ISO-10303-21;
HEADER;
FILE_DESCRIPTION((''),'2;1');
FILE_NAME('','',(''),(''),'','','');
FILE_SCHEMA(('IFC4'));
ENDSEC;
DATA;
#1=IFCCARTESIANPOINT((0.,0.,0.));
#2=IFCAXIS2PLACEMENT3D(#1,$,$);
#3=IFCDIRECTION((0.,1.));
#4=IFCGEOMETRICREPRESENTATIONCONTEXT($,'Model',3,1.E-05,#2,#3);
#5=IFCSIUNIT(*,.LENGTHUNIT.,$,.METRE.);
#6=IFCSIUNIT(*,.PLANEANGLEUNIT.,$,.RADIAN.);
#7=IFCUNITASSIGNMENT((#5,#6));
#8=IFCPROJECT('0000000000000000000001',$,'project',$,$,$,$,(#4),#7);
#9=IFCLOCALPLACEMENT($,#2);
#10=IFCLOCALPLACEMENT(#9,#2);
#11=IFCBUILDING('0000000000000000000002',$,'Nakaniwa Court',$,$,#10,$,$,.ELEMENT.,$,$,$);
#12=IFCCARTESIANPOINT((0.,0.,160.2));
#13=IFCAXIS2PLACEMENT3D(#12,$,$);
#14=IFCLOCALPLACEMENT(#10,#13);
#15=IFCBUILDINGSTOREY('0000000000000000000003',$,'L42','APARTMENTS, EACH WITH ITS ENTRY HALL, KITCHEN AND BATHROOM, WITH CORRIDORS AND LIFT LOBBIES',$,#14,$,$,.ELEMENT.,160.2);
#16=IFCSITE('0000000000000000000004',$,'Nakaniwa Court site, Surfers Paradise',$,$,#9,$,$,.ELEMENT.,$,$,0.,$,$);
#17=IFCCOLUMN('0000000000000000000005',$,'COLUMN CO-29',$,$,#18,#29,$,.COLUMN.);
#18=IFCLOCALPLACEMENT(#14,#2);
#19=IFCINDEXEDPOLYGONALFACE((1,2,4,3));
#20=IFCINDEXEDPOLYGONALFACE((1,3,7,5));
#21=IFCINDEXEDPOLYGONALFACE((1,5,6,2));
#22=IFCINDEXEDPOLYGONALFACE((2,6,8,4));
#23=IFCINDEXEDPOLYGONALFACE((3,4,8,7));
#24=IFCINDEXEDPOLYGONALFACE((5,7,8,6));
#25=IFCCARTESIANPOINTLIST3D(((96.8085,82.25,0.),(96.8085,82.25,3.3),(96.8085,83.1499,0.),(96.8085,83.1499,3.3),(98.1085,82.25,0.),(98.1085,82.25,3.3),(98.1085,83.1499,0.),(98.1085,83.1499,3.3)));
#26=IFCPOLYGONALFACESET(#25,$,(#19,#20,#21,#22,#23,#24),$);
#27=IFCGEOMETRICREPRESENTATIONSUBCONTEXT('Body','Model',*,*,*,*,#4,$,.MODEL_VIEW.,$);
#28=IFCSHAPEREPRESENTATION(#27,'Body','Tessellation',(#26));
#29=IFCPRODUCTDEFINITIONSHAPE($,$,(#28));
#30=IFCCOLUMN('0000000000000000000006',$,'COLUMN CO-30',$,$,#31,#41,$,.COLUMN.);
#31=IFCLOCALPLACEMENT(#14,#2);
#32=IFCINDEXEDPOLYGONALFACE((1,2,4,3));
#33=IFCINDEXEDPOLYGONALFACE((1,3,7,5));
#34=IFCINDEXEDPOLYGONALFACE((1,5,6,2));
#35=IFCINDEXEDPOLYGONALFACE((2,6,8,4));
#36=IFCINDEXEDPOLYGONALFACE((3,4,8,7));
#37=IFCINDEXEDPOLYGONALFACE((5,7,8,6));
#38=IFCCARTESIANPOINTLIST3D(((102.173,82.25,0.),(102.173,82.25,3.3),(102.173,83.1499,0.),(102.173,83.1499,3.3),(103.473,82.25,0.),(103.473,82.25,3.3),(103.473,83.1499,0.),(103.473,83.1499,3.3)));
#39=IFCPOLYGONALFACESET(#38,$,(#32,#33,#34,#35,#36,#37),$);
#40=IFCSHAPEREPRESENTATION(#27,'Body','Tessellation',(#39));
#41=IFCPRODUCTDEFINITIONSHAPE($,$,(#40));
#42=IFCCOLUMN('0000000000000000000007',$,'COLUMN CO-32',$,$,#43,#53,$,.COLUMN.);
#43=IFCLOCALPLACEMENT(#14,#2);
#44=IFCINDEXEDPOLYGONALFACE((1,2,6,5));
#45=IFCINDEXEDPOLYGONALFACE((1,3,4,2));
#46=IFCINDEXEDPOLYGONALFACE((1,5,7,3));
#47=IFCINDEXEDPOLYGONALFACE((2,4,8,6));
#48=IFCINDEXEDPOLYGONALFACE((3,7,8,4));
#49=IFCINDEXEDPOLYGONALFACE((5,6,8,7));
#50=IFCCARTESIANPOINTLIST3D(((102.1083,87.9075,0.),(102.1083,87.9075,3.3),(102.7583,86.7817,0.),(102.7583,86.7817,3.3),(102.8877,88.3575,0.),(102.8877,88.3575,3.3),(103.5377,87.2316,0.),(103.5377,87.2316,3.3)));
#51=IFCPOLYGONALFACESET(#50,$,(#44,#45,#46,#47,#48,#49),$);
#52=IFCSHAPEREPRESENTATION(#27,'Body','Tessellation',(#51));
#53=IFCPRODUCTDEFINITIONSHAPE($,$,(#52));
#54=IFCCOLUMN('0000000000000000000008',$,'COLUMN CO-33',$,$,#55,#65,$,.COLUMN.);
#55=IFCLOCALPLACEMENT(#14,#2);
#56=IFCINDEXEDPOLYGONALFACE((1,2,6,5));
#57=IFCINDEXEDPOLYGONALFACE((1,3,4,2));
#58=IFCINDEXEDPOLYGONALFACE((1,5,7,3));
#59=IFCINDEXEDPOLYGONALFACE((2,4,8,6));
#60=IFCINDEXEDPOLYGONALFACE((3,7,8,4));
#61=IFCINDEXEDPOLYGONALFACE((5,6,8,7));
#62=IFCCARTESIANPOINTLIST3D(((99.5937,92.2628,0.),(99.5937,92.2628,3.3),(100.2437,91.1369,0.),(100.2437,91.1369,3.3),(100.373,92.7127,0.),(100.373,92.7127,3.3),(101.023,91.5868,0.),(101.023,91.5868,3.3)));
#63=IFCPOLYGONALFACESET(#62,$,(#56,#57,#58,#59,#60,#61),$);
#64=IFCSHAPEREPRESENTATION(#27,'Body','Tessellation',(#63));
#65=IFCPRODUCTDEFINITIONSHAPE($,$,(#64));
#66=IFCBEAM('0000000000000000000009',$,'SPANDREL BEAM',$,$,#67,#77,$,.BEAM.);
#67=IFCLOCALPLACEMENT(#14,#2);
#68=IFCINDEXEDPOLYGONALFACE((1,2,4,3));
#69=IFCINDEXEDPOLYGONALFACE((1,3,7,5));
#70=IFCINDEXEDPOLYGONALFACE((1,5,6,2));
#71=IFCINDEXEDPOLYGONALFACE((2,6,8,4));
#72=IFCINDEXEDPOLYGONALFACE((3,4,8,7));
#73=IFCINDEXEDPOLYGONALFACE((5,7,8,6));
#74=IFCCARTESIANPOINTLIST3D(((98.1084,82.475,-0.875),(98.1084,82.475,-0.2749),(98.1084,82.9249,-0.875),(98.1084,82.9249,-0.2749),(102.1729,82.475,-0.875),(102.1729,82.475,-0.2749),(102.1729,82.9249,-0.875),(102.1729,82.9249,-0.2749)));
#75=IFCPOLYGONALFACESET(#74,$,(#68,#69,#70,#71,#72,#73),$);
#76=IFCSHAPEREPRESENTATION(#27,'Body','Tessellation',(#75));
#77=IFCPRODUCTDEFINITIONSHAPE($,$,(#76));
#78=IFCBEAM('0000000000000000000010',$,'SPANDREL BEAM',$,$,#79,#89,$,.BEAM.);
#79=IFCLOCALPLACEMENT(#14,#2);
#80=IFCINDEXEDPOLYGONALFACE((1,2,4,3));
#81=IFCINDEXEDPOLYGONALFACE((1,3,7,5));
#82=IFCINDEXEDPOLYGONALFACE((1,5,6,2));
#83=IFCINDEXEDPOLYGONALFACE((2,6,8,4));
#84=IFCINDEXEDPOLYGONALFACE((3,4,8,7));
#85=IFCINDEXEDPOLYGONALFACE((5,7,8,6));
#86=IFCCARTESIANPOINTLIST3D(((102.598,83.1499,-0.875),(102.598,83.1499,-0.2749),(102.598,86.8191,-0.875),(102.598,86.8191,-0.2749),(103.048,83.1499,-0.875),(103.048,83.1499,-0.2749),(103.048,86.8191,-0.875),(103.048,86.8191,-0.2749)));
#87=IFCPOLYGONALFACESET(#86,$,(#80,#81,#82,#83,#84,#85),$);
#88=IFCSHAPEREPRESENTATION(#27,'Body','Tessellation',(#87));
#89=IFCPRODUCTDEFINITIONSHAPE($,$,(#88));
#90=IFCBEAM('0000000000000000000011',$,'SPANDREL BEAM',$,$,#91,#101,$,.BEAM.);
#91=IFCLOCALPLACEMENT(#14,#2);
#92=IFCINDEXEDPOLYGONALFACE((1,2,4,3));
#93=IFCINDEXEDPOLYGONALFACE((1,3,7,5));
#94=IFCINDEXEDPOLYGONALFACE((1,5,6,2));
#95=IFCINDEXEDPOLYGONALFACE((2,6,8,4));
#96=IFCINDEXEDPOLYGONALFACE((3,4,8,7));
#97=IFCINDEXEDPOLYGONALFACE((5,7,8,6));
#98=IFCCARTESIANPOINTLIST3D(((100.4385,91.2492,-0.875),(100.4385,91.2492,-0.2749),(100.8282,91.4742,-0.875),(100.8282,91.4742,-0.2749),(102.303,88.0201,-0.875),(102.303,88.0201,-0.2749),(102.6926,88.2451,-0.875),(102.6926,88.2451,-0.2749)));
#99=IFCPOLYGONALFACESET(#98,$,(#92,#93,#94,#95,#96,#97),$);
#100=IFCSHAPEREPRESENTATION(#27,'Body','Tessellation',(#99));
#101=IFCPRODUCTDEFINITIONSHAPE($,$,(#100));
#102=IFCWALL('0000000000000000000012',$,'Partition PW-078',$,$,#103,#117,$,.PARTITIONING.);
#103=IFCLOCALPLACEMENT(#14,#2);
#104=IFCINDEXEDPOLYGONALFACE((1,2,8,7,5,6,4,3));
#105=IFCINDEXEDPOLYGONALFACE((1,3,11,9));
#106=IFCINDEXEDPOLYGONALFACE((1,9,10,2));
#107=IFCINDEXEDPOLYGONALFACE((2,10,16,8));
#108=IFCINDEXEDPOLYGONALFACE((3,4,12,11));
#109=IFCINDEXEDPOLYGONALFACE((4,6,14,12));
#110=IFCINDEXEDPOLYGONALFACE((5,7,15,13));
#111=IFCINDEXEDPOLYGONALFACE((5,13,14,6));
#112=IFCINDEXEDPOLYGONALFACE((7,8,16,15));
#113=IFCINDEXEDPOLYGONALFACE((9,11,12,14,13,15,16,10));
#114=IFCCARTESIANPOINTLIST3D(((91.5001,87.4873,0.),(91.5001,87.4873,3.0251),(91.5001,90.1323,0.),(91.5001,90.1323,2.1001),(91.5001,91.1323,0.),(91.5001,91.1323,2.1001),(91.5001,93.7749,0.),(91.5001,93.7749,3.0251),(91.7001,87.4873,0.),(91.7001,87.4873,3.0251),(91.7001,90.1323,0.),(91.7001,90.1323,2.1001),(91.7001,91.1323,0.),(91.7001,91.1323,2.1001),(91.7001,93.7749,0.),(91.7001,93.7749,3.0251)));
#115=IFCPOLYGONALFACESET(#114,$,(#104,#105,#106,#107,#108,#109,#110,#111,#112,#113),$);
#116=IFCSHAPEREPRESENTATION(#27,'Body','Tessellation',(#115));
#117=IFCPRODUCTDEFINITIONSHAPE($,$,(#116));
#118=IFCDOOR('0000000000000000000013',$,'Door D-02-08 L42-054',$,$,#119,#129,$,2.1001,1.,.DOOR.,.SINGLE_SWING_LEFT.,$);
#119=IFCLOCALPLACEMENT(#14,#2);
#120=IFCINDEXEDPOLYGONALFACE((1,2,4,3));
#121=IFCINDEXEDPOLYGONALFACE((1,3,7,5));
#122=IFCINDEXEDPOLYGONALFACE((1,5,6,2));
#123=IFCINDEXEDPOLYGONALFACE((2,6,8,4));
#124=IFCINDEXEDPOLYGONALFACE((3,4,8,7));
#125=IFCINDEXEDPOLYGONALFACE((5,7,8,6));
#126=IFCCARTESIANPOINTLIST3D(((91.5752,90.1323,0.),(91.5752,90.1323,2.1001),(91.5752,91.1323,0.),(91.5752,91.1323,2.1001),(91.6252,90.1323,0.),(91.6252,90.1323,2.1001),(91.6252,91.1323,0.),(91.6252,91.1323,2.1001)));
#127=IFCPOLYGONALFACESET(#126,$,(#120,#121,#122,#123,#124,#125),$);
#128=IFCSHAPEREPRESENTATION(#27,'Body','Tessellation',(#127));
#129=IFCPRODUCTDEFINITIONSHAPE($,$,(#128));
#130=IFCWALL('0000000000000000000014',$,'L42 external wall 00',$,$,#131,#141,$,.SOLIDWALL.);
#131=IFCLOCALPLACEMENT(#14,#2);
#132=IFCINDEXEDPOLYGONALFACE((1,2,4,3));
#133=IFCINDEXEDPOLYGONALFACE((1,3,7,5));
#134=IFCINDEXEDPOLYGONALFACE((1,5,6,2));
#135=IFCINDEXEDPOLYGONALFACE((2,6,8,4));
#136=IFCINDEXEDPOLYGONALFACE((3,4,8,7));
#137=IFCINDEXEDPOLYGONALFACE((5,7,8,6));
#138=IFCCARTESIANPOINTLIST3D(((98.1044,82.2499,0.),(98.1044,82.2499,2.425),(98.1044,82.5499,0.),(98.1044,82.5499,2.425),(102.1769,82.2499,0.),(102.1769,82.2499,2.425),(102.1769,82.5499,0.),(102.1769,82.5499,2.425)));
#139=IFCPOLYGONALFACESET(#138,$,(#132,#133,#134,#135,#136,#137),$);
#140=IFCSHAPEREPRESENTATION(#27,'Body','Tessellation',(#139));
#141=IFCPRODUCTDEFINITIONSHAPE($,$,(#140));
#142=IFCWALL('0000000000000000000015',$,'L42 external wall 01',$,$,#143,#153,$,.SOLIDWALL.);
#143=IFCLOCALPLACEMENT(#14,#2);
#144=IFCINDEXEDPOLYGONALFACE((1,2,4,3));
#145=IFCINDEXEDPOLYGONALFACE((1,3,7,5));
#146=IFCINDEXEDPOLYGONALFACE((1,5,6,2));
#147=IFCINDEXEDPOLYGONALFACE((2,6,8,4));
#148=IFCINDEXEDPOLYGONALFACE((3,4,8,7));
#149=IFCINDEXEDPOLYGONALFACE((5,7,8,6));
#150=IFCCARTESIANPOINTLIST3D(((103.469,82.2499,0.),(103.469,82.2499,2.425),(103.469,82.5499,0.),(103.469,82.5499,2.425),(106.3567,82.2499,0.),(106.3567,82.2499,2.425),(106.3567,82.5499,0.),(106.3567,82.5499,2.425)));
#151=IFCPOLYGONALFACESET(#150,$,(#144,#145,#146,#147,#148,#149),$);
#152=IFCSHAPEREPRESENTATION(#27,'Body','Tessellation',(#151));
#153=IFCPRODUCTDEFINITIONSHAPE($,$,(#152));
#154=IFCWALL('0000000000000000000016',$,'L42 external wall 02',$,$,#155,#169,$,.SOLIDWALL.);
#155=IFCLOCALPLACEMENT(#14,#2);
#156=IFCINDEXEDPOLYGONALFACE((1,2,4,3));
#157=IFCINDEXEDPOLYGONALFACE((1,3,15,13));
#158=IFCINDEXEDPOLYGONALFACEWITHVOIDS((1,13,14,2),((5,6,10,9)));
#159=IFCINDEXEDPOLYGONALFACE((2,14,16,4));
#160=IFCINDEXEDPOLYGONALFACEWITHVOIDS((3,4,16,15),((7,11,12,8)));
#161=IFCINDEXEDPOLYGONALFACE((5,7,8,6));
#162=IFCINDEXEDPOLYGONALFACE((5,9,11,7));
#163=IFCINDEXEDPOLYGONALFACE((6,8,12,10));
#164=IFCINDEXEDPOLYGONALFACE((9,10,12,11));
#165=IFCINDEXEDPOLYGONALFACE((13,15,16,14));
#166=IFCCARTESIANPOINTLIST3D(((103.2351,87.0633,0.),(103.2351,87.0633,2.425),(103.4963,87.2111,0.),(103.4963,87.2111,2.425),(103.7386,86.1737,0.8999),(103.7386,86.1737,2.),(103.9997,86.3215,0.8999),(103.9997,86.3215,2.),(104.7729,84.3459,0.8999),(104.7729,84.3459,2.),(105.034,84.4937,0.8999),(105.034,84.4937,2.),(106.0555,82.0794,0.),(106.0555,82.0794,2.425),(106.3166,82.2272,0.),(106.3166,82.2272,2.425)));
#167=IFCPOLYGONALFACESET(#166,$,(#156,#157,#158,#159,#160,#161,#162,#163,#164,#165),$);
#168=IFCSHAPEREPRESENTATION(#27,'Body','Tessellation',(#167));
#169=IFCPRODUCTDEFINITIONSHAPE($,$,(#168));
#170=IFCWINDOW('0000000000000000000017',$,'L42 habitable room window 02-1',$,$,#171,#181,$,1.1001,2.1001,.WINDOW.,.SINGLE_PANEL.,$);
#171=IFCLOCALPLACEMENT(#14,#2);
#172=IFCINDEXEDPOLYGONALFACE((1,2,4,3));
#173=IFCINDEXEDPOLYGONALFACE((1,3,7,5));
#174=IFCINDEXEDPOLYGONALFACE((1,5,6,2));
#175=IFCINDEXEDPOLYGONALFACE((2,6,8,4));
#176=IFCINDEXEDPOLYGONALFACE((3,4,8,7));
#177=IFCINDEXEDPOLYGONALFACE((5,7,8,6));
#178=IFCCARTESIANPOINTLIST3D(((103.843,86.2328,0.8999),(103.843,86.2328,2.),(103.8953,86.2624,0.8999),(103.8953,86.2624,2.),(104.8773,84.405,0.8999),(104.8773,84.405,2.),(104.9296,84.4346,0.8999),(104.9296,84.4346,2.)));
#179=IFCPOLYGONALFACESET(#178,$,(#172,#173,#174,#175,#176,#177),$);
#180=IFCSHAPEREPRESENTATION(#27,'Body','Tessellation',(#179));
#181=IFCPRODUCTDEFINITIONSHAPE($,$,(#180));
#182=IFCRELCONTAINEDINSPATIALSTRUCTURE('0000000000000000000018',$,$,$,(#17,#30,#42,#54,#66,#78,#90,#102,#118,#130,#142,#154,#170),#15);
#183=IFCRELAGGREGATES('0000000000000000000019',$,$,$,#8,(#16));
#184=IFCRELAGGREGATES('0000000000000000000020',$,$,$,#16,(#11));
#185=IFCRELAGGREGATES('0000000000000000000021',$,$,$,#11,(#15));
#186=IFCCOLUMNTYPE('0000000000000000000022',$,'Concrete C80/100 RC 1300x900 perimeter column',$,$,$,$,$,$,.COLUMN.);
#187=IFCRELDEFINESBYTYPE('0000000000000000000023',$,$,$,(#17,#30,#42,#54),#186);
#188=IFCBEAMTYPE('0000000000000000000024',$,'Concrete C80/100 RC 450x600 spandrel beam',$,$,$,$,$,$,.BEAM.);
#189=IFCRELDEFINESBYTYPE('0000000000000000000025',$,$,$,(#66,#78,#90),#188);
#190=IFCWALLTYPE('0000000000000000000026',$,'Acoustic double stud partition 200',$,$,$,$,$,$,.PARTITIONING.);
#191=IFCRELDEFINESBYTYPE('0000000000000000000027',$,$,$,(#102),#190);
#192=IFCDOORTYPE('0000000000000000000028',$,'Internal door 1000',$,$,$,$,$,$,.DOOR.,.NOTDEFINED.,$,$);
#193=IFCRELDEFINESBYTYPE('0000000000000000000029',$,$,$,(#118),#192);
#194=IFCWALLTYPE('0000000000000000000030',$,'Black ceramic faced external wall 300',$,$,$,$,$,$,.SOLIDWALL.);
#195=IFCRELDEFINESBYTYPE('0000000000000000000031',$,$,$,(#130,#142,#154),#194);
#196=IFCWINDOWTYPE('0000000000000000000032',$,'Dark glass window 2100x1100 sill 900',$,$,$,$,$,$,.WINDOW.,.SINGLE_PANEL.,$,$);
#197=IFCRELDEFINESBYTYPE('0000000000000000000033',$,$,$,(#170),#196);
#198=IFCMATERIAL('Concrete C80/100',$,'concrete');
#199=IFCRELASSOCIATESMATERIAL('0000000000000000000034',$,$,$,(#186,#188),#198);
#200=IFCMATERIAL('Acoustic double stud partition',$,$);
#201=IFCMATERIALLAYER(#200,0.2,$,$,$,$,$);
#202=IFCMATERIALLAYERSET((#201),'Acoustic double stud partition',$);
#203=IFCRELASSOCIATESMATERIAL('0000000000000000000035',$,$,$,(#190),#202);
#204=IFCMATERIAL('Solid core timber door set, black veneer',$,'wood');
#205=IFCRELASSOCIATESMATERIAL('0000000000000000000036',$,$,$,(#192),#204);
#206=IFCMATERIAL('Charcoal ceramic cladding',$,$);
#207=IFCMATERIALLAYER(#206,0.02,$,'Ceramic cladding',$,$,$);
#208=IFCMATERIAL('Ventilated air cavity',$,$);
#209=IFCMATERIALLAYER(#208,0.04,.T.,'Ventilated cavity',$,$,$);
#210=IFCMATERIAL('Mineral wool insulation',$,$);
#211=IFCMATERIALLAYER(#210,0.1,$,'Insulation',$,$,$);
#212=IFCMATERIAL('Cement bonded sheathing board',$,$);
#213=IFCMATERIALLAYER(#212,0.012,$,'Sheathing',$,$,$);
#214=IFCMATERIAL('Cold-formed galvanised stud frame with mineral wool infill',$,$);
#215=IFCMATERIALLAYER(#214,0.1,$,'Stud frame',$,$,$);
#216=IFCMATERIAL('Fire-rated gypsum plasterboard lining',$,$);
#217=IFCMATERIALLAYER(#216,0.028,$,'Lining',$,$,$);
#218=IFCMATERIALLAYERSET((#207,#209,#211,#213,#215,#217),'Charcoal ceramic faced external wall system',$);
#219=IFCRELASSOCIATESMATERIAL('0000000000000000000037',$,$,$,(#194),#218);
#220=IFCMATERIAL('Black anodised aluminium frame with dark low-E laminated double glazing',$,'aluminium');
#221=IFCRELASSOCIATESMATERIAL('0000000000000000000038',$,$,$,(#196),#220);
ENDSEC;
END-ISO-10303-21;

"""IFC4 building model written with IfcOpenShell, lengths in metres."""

from ifc_helpers import new_model, si_unit, direction, frame, frame_2d, origin, origin_2d, place, context, subcontext, project, spatial, rectangle, extrude, material, layer, layer_set, material_profile, profile_set, type_object, element, fill, save


model = new_model("IFC4")

# Units and contexts
model_context = context("Model", 3, precision=1e-05, world=origin(), true_north=direction((0.0, 1.0)))
body_context = subcontext(model_context, "Body", "Model", "MODEL_VIEW")
ifc_project = project(units=[si_unit("LENGTHUNIT", "METRE"), si_unit("PLANEANGLEUNIT", "RADIAN")], contexts=[model_context])

# Site, building, storey
site_placement = place(None, origin())
site = spatial("IfcSite", under=ifc_project, at=site_placement, Name="Nakaniwa Court site, Surfers Paradise", CompositionType="ELEMENT", RefElevation=0.0)
building_placement = place(site_placement, origin())
building = spatial("IfcBuilding", under=site, at=building_placement, Name="Nakaniwa Court", CompositionType="ELEMENT")
storey_placement = place(building_placement, frame((0.0, 0.0, 160.2)))
storey = spatial("IfcBuildingStorey", under=building, at=storey_placement, Name="L42", Description="APARTMENTS, EACH WITH ITS ENTRY HALL, KITCHEN AND BATHROOM, WITH CORRIDORS AND LIFT LOBBIES", CompositionType="ELEMENT", Elevation=160.2)

# Columns
ifc_material_1 = material(Name="Concrete C80/100", Category="concrete")
ifc_material_profile_1 = material_profile(ifc_material_1, rectangle(XDim=1.3, YDim=0.8999, at=origin_2d()), Name="Concrete C80/100 RC 1300x900 perimeter column")
ifc_profile_set_1 = profile_set([ifc_material_profile_1], Name="Concrete C80/100")
column_type = type_object("IfcColumnType", Name="Concrete C80/100 RC 1300x900 perimeter column", PredefinedType="COLUMN", material=ifc_profile_set_1)
for number, where, z_axis, x_axis, name in (
    (1, (97.4585, 82.7, 0.0), (0.0, 0.0, 1.0), (1.0, 0.0, 0.0), "COLUMN CO-29"),
    (2, (102.823, 82.7, 0.0), (0.0, 0.0, 1.0), (1.0, 0.0, 0.0), "COLUMN CO-30"),
    (3, (102.823, 87.5696, 0.0), (0.0, 0.0, 1.0), (-0.5, 0.866025, 0.0), "COLUMN CO-32"),
    (4, (100.3083, 91.9248, 0.0), (0.0, 0.0, 1.0), (-0.5, 0.866025, 0.0), "COLUMN CO-33"),
):
    element("IfcColumn", number, at=place(storey_placement, frame(where, z_axis=z_axis, x_axis=x_axis)), inside=storey, type_object=column_type, Name=name, PredefinedType="COLUMN", context=body_context, shape_type="SweptSolid", body=[
        extrude(rectangle(XDim=1.3, YDim=0.8999, at=origin_2d()), origin(), (0.0, 0.0, 1.0), 3.3),
    ])

# Beams
ifc_material_profile_2 = material_profile(ifc_material_1, rectangle(XDim=0.45, YDim=0.6001, at=origin_2d()), Name="Concrete C80/100 RC 450x600 spandrel beam")
ifc_profile_set_2 = profile_set([ifc_material_profile_2], Name="Concrete C80/100")
beam_type = type_object("IfcBeamType", Name="Concrete C80/100 RC 450x600 spandrel beam", PredefinedType="BEAM", material=ifc_profile_set_2)
beam_1_placement = place(storey_placement, frame((98.1084, 82.7, -0.575), z_axis=(1.0, 0.0, 0.0), x_axis=(0.0, 1.0, 0.0)))
element("IfcBeam", 5, at=beam_1_placement, inside=storey, type_object=beam_type, Name="SPANDREL BEAM", PredefinedType="BEAM", context=body_context, shape_type="SweptSolid", body=[
    extrude(rectangle(XDim=0.45, YDim=0.6001, at=origin_2d()), origin(), (0.0, 0.0, 1.0), 4.0645),
])
beam_2_placement = place(storey_placement, frame((102.823, 83.1499, -0.575), z_axis=(0.0, 1.0, 0.0), x_axis=(-1.0, 0.0, 0.0)))
element("IfcBeam", 6, at=beam_2_placement, inside=storey, type_object=beam_type, Name="SPANDREL BEAM", PredefinedType="BEAM", context=body_context, shape_type="SweptSolid", body=[
    extrude(rectangle(XDim=0.45, YDim=0.6001, at=origin_2d()), origin(), (0.0, 0.0, 1.0), 3.6692),
])
beam_3_placement = place(storey_placement, frame((102.4978, 88.1326, -0.575), z_axis=(-0.500019, 0.866014, 0.0), x_axis=(-0.866014, -0.500019, 0.0)))
element("IfcBeam", 7, at=beam_3_placement, inside=storey, type_object=beam_type, Name="SPANDREL BEAM", PredefinedType="BEAM", context=body_context, shape_type="SweptSolid", body=[
    extrude(rectangle(XDim=0.45, YDim=0.6001, at=origin_2d()), origin(), (0.0, 0.0, 1.0), 3.7288),
])

# Wall, opening, door
ifc_material_2 = material(Name="Acoustic double stud partition")
ifc_layer_1 = layer(ifc_material_2, 0.2)
ifc_layer_set_1 = layer_set([ifc_layer_1], Name="Acoustic double stud partition")
wall_type_1 = type_object("IfcWallType", Name="Acoustic double stud partition 200", PredefinedType="PARTITIONING", material=ifc_layer_set_1)
wall_1_placement = place(storey_placement, frame((91.6001, 87.4873, 0.0), z_axis=(0.0, 0.0, 1.0), x_axis=(0.0, 1.0, 0.0)))
wall_1 = element("IfcWall", 8, at=wall_1_placement, inside=storey, type_object=wall_type_1, Name="Partition PW-078", PredefinedType="PARTITIONING", context=body_context, shape_type="SweptSolid", body=[
    extrude(rectangle(XDim=6.2876, YDim=0.2, at=frame_2d((3.1438, 0.0))), origin(), (0.0, 0.0, 1.0), 3.0251),
])
opening_1_placement = place(wall_1_placement, frame((2.645, 0.0, 0.0)))
opening_1 = element("IfcOpeningElement", 9, at=opening_1_placement, cuts=wall_1, PredefinedType="OPENING", context=body_context, shape_type="SweptSolid", body=[
    extrude(rectangle(XDim=1.0, YDim=2.1001, at=frame_2d((0.5, 1.05))), frame((0.0, 0.1099, 0.0), z_axis=(0.0, -1.0, 0.0), x_axis=(1.0, 0.0, 0.0)), (0.0, 0.0, 1.0), 0.22),
])
ifc_material_3 = material(Name="Solid core timber door set, black veneer", Category="wood")
door_type_1 = type_object("IfcDoorType", Name="Internal door 1000", OperationType="NOTDEFINED", PredefinedType="DOOR", material=ifc_material_3)
door_1_placement = place(opening_1_placement, origin())
door_1 = element("IfcDoor", 10, at=door_1_placement, inside=storey, type_object=door_type_1, Name="Door D-02-08 L42-054", OperationType="SINGLE_SWING_LEFT", OverallHeight=2.1001, OverallWidth=1.0, PredefinedType="DOOR", context=body_context, shape_type="SweptSolid", body=[
    extrude(rectangle(XDim=1.0, YDim=2.1001, at=frame_2d((0.5, 1.05))), frame((0.0, 0.0249, 0.0), z_axis=(0.0, -1.0, 0.0), x_axis=(1.0, 0.0, 0.0)), (0.0, 0.0, 1.0), 0.05),
])
fill(opening_1, door_1)

# Walls
ifc_material_4 = material(Name="Charcoal ceramic cladding")
ifc_layer_2 = layer(ifc_material_4, 0.02, Name="Ceramic cladding")
ifc_material_5 = material(Name="Ventilated air cavity")
ifc_layer_3 = layer(ifc_material_5, 0.04, ventilated=True, Name="Ventilated cavity")
ifc_material_6 = material(Name="Mineral wool insulation")
ifc_layer_4 = layer(ifc_material_6, 0.1, Name="Insulation")
ifc_material_7 = material(Name="Cement bonded sheathing board")
ifc_layer_5 = layer(ifc_material_7, 0.012, Name="Sheathing")
ifc_material_8 = material(Name="Cold-formed galvanised stud frame with mineral wool infill")
ifc_layer_6 = layer(ifc_material_8, 0.1, Name="Stud frame")
ifc_material_9 = material(Name="Fire-rated gypsum plasterboard lining")
ifc_layer_7 = layer(ifc_material_9, 0.028, Name="Lining")
ifc_layer_set_2 = layer_set([ifc_layer_2, ifc_layer_3, ifc_layer_4, ifc_layer_5, ifc_layer_6, ifc_layer_7], Name="Charcoal ceramic faced external wall system")
wall_type_2 = type_object("IfcWallType", Name="Black ceramic faced external wall 300", PredefinedType="SOLIDWALL", material=ifc_layer_set_2)
wall_2_placement = place(storey_placement, frame((98.1045, 82.3999, 0.0), z_axis=(0.0, 0.0, 1.0), x_axis=(1.0, 0.0, 0.0)))
element("IfcWall", 11, at=wall_2_placement, inside=storey, type_object=wall_type_2, Name="L42 external wall 00", PredefinedType="SOLIDWALL", context=body_context, shape_type="SweptSolid", body=[
    extrude(rectangle(XDim=4.0725, YDim=0.3, at=frame_2d((2.0361, 0.0))), origin(), (0.0, 0.0, 1.0), 2.425),
])
wall_3_placement = place(storey_placement, frame((103.469, 82.3999, 0.0), z_axis=(0.0, 0.0, 1.0), x_axis=(1.0, 0.0, 0.0)))
element("IfcWall", 12, at=wall_3_placement, inside=storey, type_object=wall_type_2, Name="L42 external wall 01", PredefinedType="SOLIDWALL", context=body_context, shape_type="SweptSolid", body=[
    extrude(rectangle(XDim=2.8877, YDim=0.3, at=frame_2d((1.4438, 0.0))), origin(), (0.0, 0.0, 1.0), 2.425),
])

# Wall, opening, window
wall_4_placement = place(storey_placement, frame((106.186, 82.1533, 0.0), z_axis=(0.0, 0.0, 1.0), x_axis=(-0.492498, 0.870313, 0.0)))
wall_4 = element("IfcWall", 13, at=wall_4_placement, inside=storey, type_object=wall_type_2, Name="L42 external wall 02", PredefinedType="SOLIDWALL", context=body_context, shape_type="SweptSolid", body=[
    extrude(rectangle(XDim=5.7266, YDim=0.3, at=frame_2d((2.8633, 0.0))), origin(), (0.0, 0.0, 1.0), 2.425),
])
opening_2_placement = place(wall_4_placement, frame((2.6042, 0.0, 0.8999)))
opening_2 = element("IfcOpeningElement", 14, at=opening_2_placement, cuts=wall_4, PredefinedType="OPENING", context=body_context, shape_type="SweptSolid", body=[
    extrude(rectangle(XDim=2.1001, YDim=1.1001, at=frame_2d((1.05, 0.55))), frame((0.0, 0.1599, 0.0), z_axis=(0.0, -1.0, 0.0), x_axis=(1.0, 0.0, 0.0)), (0.0, 0.0, 1.0), 0.3201),
])
ifc_material_10 = material(Name="Black anodised aluminium frame with dark low-E laminated double glazing", Category="aluminium")
window_type = type_object("IfcWindowType", Name="Dark glass window 2100x1100 sill 900", PartitioningType="SINGLE_PANEL", PredefinedType="WINDOW", material=ifc_material_10)
window_1_placement = place(opening_2_placement, origin())
window_1 = element("IfcWindow", 15, at=window_1_placement, inside=storey, type_object=window_type, Name="L42 habitable room window 02-1", OverallHeight=1.1001, OverallWidth=2.1001, PartitioningType="SINGLE_PANEL", PredefinedType="WINDOW", context=body_context, shape_type="SweptSolid", body=[
    extrude(rectangle(XDim=2.1001, YDim=1.1001, at=frame_2d((1.05, 0.55))), frame((0.0, 0.03, 0.0), z_axis=(0.0, -1.0, 0.0), x_axis=(1.0, 0.0, 0.0)), (0.0, 0.0, 1.0), 0.0601),
])
fill(opening_2, window_1)

save(model, "model.ifc")
